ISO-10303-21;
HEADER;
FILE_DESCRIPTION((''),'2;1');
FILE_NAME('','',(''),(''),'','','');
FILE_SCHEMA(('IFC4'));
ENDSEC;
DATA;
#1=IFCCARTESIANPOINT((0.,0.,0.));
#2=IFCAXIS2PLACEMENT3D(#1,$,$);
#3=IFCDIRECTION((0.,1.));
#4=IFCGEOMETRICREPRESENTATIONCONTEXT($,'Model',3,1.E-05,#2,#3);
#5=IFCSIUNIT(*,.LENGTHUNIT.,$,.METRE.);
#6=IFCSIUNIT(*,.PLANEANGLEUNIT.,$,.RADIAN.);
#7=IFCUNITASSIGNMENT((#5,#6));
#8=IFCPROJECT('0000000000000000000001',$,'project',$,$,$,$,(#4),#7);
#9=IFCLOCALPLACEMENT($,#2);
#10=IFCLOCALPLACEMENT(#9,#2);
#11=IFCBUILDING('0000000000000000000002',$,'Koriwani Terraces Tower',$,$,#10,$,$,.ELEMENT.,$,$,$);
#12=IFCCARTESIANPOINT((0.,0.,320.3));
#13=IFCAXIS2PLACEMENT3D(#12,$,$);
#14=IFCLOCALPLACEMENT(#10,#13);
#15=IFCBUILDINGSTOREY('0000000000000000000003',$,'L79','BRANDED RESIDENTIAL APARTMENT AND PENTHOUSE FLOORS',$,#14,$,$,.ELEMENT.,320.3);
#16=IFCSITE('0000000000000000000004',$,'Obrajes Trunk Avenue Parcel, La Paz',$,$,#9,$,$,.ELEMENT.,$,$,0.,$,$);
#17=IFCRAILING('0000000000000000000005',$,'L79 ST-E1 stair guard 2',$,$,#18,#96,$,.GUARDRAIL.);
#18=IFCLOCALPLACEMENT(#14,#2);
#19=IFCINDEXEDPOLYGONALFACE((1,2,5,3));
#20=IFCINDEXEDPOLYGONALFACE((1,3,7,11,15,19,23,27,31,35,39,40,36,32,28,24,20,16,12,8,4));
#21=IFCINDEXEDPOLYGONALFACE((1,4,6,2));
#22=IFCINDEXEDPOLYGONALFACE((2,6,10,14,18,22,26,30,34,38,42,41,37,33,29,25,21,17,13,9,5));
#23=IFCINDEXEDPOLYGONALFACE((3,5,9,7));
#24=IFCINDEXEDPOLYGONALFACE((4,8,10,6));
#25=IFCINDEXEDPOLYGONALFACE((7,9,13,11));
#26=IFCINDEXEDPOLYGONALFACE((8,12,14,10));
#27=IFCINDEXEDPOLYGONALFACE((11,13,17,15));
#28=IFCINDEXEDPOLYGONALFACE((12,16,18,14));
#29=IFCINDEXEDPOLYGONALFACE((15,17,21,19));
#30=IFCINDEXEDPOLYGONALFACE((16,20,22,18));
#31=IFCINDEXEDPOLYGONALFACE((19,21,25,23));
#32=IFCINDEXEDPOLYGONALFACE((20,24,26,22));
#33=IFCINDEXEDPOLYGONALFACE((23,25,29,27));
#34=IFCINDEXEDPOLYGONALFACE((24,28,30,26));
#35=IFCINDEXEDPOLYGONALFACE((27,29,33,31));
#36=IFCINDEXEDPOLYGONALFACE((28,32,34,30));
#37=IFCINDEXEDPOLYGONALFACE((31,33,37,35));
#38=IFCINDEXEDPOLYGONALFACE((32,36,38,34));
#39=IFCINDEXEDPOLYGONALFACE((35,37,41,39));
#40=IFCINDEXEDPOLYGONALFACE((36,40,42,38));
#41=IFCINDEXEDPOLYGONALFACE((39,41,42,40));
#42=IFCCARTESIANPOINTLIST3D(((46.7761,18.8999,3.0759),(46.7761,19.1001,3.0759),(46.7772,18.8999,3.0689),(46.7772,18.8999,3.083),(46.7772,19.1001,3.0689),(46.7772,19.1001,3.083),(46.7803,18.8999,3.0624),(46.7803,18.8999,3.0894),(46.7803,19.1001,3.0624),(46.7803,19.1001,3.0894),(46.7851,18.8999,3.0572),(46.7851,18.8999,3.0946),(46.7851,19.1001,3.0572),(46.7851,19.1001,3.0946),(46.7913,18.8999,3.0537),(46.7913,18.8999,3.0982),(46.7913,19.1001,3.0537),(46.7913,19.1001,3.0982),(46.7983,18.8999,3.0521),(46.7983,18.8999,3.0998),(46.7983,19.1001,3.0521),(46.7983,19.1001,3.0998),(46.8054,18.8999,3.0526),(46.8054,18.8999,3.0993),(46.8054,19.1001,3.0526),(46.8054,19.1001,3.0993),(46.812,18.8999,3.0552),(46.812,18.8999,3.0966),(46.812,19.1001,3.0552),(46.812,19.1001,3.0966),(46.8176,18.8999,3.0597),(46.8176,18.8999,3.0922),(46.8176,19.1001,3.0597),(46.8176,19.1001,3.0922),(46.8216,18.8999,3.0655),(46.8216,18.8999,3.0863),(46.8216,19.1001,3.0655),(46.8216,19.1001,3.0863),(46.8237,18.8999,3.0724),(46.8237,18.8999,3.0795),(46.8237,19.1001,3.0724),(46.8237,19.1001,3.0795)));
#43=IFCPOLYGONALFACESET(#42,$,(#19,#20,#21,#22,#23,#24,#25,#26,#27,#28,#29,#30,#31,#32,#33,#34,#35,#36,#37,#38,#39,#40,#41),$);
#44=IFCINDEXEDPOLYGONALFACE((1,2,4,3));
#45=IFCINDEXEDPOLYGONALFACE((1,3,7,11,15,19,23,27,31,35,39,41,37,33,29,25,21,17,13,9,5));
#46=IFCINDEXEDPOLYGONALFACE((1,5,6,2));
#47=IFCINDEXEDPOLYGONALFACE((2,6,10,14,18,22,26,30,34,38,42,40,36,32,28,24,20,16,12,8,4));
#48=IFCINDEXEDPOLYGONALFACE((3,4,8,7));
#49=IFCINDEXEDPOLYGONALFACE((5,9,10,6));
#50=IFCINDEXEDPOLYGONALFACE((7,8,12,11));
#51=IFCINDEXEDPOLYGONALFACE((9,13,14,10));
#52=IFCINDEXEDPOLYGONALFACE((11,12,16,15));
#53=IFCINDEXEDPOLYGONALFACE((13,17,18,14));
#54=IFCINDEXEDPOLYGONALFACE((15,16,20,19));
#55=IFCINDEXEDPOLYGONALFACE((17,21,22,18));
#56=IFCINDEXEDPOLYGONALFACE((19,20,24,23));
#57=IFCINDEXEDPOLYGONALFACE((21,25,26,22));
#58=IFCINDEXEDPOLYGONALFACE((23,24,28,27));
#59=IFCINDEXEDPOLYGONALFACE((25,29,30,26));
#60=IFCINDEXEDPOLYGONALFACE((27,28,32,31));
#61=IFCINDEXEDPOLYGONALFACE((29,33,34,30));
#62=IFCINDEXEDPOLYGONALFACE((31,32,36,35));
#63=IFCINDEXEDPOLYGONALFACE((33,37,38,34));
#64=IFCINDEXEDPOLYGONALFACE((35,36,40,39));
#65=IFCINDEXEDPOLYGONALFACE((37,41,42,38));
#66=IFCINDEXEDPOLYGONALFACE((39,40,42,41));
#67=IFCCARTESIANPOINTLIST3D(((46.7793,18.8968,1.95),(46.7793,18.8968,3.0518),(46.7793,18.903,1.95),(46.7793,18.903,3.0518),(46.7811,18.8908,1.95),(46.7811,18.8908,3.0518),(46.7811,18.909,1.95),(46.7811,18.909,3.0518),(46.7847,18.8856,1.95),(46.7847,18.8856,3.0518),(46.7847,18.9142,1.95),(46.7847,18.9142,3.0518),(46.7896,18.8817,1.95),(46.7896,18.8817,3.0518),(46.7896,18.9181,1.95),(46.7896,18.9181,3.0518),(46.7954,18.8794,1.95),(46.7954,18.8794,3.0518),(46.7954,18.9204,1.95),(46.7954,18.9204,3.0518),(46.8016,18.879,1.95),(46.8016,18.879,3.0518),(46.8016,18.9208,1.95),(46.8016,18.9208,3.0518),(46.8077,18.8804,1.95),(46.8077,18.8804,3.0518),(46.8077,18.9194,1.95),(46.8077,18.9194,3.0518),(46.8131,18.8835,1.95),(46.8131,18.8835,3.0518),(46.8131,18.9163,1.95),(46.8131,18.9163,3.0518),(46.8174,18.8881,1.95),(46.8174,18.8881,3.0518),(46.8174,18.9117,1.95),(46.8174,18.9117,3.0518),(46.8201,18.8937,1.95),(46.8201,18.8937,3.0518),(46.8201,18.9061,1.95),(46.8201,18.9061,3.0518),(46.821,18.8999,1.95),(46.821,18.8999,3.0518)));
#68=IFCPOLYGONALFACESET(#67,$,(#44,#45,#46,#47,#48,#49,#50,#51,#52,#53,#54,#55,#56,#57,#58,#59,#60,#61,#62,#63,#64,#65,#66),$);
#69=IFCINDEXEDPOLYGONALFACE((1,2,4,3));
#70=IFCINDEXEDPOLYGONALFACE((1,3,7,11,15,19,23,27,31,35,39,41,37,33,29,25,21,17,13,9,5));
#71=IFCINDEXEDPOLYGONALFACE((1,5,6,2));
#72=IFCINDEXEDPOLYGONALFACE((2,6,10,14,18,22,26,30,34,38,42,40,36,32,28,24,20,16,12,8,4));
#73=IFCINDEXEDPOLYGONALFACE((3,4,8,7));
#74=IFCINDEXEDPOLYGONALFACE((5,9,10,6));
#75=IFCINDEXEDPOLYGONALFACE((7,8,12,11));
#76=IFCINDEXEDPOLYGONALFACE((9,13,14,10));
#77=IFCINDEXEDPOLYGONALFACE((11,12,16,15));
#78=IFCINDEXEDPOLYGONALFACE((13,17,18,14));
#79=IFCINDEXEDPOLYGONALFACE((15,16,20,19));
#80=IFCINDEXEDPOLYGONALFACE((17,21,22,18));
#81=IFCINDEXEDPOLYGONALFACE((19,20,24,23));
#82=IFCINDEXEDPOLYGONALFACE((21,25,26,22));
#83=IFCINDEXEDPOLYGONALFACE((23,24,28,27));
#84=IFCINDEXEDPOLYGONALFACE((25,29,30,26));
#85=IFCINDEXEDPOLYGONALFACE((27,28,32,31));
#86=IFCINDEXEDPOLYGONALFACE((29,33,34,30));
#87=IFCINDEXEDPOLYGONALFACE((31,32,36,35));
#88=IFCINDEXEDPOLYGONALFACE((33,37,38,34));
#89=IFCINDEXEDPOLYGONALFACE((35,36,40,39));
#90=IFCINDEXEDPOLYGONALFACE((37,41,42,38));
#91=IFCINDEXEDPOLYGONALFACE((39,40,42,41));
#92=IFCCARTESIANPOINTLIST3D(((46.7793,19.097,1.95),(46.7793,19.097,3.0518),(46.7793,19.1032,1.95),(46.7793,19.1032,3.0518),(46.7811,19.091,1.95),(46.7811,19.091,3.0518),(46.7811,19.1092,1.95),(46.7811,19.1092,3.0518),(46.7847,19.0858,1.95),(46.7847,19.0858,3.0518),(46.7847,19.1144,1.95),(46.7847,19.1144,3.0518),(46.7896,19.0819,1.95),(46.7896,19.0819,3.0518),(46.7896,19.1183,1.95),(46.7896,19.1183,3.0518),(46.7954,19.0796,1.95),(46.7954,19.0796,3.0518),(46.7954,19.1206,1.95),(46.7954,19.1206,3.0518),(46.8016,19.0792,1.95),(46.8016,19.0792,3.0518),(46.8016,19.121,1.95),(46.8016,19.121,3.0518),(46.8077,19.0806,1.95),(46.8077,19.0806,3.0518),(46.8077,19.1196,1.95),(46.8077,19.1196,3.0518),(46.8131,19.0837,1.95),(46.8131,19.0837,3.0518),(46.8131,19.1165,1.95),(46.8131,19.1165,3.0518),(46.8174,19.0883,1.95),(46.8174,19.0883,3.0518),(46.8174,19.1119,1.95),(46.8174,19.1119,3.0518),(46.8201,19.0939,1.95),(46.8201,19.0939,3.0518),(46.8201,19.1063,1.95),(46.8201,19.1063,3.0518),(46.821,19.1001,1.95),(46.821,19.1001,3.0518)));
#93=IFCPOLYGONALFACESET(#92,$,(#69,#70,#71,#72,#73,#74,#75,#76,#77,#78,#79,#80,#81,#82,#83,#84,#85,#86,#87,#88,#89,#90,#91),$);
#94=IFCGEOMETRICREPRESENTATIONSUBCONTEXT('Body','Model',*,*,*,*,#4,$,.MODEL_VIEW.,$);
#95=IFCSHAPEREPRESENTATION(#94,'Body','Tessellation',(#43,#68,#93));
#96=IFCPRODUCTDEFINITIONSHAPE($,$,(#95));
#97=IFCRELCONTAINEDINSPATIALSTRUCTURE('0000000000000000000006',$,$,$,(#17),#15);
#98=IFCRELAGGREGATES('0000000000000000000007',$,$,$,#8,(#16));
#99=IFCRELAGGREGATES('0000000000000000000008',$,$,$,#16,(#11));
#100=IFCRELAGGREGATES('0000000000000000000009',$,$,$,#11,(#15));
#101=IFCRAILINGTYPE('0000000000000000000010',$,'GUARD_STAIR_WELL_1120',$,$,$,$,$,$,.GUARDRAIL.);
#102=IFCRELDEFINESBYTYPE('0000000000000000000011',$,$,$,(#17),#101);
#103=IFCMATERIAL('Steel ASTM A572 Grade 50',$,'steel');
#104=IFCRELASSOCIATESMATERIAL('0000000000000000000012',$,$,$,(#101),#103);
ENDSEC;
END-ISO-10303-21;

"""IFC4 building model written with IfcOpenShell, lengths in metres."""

from ifc_helpers import new_model, si_unit, direction, frame, origin, origin_2d, place, context, subcontext, project, spatial, circle, extrude, material, type_object, element, save


model = new_model("IFC4")

# Units and contexts
model_context = context("Model", 3, precision=1e-05, world=origin(), true_north=direction((0.0, 1.0)))
body_context = subcontext(model_context, "Body", "Model", "MODEL_VIEW")
ifc_project = project(units=[si_unit("LENGTHUNIT", "METRE"), si_unit("PLANEANGLEUNIT", "RADIAN")], contexts=[model_context])

# Site, building, storey
site_placement = place(None, origin())
site = spatial("IfcSite", under=ifc_project, at=site_placement, Name="Obrajes Trunk Avenue Parcel, La Paz", CompositionType="ELEMENT", RefElevation=0.0)
building_placement = place(site_placement, origin())
building = spatial("IfcBuilding", under=site, at=building_placement, Name="Koriwani Terraces Tower", CompositionType="ELEMENT")
storey_placement = place(building_placement, frame((0.0, 0.0, 320.3)))
storey = spatial("IfcBuildingStorey", under=building, at=storey_placement, Name="L79", Description="BRANDED RESIDENTIAL APARTMENT AND PENTHOUSE FLOORS", CompositionType="ELEMENT", Elevation=320.3)

# Railing
ifc_material_1 = material(Name="Steel ASTM A572 Grade 50", Category="steel")
railing_type_1 = type_object("IfcRailingType", Name="GUARD_STAIR_WELL_1120", PredefinedType="GUARDRAIL", material=ifc_material_1)
railing_1_placement = place(storey_placement, frame((46.8, 18.8999, 1.95)))
element("IfcRailing", 1, at=railing_1_placement, inside=storey, type_object=railing_type_1, Name="L79 ST-E1 stair guard 2", PredefinedType="GUARDRAIL", context=body_context, shape_type="SweptSolid", body=[
    extrude(circle(Radius=0.0239, at=origin_2d()), frame((0.0, 0.0, 1.126), z_axis=(0.0, 1.0, 0.0), x_axis=(-1.0, 0.0, 0.0)), (0.0, 0.0, 1.0), 0.2002),
    extrude(circle(Radius=0.021, at=origin_2d()), origin(), (0.0, 0.0, 1.0), 1.1018),
    extrude(circle(Radius=0.021, at=origin_2d()), frame((0.0, 0.2002, 0.0)), (0.0, 0.0, 1.0), 1.1018),
])

save(model, "model.ifc")
